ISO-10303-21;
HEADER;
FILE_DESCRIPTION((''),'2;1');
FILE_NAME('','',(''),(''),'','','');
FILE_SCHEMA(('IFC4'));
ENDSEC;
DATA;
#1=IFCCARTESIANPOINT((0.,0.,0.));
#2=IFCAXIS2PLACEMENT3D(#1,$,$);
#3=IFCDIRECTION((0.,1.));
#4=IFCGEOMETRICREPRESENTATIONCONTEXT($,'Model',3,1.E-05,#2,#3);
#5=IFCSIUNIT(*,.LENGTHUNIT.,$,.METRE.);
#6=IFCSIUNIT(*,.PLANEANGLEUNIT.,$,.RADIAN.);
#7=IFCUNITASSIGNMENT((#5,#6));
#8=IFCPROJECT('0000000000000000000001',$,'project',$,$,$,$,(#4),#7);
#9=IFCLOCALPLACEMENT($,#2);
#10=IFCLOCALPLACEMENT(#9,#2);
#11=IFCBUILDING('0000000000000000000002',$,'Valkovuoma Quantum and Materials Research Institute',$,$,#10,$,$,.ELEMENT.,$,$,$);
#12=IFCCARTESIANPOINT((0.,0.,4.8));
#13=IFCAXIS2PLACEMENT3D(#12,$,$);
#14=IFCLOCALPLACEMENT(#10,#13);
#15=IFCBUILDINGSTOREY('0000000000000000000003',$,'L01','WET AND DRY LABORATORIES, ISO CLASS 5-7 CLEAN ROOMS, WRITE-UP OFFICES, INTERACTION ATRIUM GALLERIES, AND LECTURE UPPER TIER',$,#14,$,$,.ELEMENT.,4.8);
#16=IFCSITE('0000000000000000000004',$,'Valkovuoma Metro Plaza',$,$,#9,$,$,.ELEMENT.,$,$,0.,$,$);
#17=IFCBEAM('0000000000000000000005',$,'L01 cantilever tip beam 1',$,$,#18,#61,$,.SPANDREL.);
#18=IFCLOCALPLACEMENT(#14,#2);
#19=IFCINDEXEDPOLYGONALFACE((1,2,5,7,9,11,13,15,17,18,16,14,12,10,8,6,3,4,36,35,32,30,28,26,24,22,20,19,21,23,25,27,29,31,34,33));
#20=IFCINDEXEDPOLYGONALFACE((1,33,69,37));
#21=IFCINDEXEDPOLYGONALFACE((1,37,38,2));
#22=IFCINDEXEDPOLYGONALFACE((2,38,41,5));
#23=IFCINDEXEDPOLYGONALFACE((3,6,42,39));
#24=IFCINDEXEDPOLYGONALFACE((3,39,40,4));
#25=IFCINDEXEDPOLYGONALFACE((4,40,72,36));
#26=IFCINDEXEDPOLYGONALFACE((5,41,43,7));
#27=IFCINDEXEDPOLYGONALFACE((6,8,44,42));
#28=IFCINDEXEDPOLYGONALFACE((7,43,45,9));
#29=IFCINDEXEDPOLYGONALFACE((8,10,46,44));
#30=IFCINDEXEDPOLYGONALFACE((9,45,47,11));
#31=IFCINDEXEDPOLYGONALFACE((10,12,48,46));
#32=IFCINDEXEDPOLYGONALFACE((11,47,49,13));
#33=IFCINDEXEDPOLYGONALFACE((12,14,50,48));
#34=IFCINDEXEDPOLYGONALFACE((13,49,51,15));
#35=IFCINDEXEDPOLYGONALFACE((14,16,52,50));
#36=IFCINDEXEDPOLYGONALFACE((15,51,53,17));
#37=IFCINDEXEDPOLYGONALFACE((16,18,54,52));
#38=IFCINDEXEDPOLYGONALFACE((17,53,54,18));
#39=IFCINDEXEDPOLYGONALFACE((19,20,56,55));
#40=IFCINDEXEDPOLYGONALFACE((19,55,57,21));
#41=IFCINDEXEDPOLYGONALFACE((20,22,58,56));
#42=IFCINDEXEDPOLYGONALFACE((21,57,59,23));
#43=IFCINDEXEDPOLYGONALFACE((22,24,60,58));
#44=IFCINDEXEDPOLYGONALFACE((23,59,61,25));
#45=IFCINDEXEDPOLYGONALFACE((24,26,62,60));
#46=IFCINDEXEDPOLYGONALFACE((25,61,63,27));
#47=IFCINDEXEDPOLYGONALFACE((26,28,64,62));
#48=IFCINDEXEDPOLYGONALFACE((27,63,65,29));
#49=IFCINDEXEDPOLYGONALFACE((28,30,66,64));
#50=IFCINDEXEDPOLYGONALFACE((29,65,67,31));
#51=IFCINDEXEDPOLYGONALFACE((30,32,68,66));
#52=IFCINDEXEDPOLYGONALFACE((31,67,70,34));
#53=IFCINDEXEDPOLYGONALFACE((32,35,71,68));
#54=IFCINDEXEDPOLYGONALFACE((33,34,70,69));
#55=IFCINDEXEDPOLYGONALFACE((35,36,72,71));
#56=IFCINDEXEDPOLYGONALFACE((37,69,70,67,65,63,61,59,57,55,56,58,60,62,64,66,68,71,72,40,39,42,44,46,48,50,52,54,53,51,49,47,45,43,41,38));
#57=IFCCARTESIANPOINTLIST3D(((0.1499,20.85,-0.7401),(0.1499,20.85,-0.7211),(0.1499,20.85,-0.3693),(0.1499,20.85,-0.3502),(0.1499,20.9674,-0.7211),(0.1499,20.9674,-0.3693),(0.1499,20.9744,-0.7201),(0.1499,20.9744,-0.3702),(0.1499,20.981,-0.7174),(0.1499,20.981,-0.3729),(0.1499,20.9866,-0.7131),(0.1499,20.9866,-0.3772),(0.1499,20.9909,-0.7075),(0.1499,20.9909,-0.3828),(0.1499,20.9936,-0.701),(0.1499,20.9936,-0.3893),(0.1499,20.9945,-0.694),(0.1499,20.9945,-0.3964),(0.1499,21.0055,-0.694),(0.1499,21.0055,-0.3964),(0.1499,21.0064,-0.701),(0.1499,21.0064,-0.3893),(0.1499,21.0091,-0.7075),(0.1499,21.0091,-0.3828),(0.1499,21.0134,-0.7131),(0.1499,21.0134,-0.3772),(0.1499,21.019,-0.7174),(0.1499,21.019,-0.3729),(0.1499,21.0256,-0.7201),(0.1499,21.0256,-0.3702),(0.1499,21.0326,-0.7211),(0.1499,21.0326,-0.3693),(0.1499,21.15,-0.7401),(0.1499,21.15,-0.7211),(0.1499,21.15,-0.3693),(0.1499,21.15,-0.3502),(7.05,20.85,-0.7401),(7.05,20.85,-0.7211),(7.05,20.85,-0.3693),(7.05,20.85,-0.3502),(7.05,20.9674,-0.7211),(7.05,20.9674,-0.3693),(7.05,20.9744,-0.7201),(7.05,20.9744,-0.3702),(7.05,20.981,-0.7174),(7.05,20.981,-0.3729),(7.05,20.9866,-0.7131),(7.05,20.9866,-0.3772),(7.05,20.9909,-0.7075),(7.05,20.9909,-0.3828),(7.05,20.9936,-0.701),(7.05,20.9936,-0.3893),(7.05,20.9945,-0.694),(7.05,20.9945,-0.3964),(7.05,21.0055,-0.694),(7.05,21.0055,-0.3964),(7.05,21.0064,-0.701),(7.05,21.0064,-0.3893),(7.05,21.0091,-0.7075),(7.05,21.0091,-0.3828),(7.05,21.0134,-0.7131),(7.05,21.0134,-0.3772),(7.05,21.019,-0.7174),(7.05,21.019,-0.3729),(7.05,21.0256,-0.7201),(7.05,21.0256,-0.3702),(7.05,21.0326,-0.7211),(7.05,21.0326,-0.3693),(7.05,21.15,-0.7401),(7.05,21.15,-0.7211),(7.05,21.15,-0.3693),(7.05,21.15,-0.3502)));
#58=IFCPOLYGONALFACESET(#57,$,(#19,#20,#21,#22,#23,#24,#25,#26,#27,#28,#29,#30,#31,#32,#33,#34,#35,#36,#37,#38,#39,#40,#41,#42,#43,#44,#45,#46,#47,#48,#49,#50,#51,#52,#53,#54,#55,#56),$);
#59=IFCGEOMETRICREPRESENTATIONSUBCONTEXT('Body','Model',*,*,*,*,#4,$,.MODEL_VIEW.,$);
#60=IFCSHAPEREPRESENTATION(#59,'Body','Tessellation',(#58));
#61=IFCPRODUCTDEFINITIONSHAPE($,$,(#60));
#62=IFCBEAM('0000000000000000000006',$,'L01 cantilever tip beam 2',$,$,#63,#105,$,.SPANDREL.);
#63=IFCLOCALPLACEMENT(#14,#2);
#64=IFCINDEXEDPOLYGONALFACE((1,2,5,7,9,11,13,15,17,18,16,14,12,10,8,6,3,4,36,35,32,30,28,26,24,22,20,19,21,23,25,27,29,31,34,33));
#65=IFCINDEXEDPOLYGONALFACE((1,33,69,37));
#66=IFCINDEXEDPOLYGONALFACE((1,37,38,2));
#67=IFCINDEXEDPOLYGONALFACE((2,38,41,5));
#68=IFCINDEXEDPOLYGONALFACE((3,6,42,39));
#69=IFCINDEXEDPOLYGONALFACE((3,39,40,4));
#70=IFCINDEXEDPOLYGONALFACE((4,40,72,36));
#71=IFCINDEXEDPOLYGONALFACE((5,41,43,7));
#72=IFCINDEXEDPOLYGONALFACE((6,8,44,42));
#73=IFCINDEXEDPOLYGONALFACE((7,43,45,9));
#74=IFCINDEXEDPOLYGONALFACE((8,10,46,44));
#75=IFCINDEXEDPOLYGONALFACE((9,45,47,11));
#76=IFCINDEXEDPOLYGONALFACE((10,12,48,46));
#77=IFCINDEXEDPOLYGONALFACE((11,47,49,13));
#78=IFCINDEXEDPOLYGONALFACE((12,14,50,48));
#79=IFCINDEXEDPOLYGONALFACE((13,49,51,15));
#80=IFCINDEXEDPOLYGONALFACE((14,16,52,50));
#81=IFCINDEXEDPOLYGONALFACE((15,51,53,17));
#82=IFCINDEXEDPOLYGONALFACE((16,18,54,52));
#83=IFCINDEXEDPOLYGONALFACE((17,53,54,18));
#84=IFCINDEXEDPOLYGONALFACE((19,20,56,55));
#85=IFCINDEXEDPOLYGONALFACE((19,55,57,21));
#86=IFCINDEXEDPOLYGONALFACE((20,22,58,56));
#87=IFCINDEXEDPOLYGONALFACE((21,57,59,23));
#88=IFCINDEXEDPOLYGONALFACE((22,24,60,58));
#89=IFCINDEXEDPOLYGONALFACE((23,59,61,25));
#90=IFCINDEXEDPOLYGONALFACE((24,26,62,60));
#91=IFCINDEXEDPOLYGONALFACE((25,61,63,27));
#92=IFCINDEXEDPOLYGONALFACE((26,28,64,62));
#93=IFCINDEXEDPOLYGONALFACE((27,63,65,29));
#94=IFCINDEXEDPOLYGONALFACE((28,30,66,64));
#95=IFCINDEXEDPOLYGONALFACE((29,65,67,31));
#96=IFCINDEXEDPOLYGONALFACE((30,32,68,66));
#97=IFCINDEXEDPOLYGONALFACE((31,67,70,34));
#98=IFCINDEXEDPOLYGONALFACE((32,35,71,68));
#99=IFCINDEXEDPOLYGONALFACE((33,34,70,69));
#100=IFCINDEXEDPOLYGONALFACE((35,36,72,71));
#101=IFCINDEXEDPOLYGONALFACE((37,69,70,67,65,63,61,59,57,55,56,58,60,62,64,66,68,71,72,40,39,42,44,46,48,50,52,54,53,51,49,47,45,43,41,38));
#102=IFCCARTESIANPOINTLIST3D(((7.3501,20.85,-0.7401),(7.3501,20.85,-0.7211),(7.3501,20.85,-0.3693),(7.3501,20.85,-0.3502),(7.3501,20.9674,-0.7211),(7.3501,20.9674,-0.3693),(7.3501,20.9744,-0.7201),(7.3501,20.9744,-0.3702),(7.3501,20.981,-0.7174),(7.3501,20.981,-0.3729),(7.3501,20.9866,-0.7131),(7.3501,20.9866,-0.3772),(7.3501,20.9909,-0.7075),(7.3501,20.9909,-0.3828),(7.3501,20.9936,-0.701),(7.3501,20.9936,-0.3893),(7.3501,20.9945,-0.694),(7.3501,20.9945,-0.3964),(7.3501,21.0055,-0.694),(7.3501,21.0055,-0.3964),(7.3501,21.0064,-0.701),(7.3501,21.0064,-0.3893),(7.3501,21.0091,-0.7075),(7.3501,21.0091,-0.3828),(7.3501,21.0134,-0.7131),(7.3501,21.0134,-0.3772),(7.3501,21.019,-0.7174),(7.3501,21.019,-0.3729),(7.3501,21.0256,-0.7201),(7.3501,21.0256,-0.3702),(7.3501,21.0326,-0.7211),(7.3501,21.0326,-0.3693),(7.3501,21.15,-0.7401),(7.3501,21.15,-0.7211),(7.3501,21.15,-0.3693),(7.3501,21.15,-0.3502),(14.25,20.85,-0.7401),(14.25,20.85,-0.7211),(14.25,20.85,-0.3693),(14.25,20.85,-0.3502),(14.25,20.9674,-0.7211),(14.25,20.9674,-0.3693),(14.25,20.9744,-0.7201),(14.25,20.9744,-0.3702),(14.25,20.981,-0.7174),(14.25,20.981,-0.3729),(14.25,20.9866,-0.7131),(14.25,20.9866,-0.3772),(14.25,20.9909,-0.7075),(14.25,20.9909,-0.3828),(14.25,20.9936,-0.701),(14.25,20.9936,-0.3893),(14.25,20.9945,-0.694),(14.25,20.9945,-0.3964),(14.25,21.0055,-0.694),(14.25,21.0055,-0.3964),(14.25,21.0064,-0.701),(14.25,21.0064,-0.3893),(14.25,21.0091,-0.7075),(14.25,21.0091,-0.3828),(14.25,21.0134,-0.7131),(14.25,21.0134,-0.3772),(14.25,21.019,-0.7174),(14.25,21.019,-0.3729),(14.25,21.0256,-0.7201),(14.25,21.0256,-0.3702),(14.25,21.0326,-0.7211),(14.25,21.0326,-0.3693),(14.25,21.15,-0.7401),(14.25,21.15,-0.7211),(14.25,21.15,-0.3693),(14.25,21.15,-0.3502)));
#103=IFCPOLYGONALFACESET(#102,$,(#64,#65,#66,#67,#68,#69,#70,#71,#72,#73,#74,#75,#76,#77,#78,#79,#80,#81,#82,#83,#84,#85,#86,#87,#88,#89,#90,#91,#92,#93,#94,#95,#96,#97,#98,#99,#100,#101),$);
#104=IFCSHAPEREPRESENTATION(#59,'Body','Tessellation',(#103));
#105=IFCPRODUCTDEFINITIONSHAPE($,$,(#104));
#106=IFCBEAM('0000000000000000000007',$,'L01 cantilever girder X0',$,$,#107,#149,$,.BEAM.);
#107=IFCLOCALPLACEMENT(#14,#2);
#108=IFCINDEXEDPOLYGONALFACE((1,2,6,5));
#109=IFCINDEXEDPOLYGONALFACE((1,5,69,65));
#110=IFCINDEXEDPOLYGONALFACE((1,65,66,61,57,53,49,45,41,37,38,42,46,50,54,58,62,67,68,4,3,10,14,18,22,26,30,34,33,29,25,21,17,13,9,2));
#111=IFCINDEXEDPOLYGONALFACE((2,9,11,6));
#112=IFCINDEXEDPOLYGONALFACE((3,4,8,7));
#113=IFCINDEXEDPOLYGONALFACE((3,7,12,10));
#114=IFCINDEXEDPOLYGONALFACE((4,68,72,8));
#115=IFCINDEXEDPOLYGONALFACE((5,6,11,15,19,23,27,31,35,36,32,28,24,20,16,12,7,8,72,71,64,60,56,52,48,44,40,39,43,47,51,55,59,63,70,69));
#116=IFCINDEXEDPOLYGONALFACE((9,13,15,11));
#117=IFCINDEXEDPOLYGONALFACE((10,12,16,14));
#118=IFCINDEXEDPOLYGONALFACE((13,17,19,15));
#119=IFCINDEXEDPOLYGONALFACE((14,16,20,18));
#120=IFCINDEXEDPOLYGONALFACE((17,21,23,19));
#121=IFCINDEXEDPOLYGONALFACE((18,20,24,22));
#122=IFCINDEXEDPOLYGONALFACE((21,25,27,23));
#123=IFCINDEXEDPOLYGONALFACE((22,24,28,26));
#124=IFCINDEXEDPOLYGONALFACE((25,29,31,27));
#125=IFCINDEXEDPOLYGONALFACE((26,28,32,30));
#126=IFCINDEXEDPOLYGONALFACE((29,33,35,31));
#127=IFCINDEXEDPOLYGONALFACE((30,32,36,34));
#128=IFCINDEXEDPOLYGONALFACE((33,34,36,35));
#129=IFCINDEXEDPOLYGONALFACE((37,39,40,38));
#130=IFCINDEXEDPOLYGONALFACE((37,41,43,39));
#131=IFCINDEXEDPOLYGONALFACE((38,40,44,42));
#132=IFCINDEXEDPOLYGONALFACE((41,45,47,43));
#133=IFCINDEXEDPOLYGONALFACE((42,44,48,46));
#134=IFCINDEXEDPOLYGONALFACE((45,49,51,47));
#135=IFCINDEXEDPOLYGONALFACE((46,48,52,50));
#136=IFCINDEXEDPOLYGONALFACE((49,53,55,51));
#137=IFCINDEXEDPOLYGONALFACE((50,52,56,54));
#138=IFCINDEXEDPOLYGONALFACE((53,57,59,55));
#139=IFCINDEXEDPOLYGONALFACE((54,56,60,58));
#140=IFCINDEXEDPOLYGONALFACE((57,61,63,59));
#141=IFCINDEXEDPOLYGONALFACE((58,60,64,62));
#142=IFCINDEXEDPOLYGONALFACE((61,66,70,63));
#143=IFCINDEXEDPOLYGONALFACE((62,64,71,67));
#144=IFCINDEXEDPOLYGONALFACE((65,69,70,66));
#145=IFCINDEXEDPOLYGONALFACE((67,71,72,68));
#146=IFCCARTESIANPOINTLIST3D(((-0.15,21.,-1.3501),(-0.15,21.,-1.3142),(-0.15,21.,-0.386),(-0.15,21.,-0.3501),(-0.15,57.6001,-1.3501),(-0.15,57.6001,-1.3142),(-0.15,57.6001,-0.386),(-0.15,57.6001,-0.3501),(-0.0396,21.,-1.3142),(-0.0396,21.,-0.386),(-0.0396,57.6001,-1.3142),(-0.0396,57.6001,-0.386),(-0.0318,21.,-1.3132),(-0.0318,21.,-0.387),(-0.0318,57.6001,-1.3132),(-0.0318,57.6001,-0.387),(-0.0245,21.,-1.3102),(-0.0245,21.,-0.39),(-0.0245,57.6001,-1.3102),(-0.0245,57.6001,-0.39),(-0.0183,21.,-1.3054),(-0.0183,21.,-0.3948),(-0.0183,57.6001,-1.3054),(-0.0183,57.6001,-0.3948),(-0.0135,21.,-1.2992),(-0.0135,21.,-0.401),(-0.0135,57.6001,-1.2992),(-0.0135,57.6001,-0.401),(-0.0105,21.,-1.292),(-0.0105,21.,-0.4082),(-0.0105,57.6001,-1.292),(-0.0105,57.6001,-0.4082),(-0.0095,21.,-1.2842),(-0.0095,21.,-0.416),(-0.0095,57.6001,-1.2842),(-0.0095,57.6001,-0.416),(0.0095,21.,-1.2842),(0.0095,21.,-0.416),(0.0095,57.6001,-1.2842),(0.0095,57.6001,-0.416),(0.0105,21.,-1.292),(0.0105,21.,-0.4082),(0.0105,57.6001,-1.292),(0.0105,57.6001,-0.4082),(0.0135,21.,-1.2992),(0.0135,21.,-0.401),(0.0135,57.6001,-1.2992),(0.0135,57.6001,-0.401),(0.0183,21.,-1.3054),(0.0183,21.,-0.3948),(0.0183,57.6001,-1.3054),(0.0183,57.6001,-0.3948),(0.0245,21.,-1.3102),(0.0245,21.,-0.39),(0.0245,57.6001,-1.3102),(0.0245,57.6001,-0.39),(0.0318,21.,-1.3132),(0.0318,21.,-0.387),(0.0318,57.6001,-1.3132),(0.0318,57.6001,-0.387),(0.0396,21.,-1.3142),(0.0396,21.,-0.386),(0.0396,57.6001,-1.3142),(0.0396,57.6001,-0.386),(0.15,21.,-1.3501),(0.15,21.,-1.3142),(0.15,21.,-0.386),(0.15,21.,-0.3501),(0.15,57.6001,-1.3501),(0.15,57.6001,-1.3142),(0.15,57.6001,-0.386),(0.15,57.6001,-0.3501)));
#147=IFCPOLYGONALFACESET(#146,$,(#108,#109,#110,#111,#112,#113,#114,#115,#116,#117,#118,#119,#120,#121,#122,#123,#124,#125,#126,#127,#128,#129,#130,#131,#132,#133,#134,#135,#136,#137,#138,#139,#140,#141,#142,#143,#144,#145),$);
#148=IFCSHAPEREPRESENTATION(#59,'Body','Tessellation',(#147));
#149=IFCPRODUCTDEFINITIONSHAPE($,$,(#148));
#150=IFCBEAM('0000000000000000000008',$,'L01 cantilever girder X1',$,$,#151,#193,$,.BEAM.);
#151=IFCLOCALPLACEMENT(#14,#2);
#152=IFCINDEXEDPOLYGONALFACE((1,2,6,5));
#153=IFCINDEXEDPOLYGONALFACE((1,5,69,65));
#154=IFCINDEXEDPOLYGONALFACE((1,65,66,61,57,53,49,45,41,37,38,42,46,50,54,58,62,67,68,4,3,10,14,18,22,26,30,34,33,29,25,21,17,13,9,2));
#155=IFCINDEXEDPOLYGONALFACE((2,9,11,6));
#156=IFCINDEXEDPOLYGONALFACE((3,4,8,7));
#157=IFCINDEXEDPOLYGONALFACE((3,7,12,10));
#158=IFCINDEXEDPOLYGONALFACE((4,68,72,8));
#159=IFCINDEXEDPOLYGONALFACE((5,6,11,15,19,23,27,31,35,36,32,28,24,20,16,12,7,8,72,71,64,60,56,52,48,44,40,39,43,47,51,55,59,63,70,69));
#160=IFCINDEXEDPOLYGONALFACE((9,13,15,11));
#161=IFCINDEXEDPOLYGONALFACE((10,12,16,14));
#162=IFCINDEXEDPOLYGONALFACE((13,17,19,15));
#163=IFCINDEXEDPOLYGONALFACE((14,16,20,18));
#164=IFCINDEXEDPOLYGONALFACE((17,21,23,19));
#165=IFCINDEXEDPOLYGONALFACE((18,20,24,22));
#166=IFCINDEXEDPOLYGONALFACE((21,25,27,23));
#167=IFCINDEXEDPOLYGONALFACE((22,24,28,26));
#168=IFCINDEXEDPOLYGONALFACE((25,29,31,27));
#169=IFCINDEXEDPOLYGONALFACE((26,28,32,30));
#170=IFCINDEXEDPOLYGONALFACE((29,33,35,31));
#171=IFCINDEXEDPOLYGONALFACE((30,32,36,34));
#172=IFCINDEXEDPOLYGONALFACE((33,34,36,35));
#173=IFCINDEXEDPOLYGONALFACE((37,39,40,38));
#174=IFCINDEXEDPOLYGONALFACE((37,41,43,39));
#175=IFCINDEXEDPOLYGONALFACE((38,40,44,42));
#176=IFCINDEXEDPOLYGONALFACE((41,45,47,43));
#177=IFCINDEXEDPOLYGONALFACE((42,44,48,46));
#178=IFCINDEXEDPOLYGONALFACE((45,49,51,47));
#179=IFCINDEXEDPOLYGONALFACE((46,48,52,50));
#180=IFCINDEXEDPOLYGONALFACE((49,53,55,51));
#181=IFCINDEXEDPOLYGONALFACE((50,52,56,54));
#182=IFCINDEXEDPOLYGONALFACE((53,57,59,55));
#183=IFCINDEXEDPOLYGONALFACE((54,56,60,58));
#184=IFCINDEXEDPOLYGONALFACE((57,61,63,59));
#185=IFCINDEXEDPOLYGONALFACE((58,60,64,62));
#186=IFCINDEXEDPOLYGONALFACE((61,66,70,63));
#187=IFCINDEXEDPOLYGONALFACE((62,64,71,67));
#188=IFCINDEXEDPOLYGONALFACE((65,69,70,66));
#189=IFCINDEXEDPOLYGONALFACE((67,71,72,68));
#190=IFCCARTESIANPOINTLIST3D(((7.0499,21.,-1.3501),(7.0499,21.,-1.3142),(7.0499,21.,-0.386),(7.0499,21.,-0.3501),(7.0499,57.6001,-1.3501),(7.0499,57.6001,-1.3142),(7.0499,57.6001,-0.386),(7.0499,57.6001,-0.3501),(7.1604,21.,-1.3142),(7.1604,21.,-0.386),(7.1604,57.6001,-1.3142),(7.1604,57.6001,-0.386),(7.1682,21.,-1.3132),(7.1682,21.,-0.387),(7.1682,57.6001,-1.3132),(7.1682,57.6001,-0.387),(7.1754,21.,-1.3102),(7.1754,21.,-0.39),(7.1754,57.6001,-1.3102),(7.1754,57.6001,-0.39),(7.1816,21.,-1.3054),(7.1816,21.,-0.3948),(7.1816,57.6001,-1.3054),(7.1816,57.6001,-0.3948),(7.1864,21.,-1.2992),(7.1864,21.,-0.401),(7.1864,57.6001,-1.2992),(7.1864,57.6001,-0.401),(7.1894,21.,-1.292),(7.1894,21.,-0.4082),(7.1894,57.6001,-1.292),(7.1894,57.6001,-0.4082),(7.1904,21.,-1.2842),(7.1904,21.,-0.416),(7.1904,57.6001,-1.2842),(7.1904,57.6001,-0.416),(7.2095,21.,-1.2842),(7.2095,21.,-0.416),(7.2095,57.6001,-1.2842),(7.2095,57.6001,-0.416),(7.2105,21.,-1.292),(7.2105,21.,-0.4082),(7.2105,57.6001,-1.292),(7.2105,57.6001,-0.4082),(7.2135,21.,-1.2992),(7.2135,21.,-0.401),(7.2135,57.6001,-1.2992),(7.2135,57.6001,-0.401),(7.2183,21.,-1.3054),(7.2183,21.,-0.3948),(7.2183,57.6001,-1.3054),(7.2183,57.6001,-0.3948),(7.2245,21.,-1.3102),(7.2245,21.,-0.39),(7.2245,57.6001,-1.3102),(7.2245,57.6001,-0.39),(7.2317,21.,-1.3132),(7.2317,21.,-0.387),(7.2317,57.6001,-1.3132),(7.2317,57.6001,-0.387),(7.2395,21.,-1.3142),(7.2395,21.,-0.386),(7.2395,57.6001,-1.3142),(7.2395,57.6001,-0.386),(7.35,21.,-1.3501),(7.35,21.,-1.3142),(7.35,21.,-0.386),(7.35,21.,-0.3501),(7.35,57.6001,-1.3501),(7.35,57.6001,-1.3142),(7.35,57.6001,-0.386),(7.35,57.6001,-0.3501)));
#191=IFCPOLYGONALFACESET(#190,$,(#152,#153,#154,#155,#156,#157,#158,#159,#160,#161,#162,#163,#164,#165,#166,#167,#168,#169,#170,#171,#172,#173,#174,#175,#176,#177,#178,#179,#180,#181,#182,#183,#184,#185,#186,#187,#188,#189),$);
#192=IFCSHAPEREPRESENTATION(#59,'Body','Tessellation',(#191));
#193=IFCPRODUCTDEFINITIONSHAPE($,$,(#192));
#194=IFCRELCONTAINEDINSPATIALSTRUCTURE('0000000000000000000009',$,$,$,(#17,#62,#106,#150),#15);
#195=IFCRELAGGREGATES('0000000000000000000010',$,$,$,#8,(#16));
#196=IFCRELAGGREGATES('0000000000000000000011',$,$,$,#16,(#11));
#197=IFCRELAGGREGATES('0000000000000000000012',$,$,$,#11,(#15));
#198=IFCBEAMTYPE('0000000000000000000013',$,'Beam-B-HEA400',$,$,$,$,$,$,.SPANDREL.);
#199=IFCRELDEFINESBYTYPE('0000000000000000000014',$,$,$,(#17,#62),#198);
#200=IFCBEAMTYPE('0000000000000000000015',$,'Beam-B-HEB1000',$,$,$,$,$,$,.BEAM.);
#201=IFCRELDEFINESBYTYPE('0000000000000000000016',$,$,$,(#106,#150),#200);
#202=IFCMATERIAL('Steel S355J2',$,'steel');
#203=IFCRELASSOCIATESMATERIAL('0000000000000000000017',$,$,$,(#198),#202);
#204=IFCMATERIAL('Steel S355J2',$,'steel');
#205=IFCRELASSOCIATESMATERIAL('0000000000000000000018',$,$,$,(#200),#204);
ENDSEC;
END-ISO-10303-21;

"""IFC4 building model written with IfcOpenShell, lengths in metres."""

from ifc_helpers import new_model, si_unit, direction, frame, origin, origin_2d, place, context, subcontext, project, spatial, i_section, extrude, material, material_profile, profile_set, type_object, element, save


model = new_model("IFC4")

# Units and contexts
model_context = context("Model", 3, precision=1e-05, world=origin(), true_north=direction((0.0, 1.0)))
body_context = subcontext(model_context, "Body", "Model", "MODEL_VIEW")
ifc_project = project(units=[si_unit("LENGTHUNIT", "METRE"), si_unit("PLANEANGLEUNIT", "RADIAN")], contexts=[model_context])

# Site, building, storey
site_placement = place(None, origin())
site = spatial("IfcSite", under=ifc_project, at=site_placement, Name="Valkovuoma Metro Plaza", CompositionType="ELEMENT", RefElevation=0.0)
building_placement = place(site_placement, origin())
building = spatial("IfcBuilding", under=site, at=building_placement, Name="Valkovuoma Quantum and Materials Research Institute", CompositionType="ELEMENT")
storey_placement = place(building_placement, frame((0.0, 0.0, 4.8)))
storey = spatial("IfcBuildingStorey", under=building, at=storey_placement, Name="L01", Description="WET AND DRY LABORATORIES, ISO CLASS 5-7 CLEAN ROOMS, WRITE-UP OFFICES, INTERACTION ATRIUM GALLERIES, AND LECTURE UPPER TIER", CompositionType="ELEMENT", Elevation=4.8)

# Beams
ifc_material_1 = material(Name="Steel S355J2", Category="steel")
ifc_material_profile_1 = material_profile(ifc_material_1, i_section(OverallWidth=0.3, OverallDepth=0.3899, WebThickness=0.011, FlangeThickness=0.019, FilletRadius=0.0271, at=origin_2d()), Name="Steel S355J2")
ifc_profile_set_1 = profile_set([ifc_material_profile_1], Name="Steel S355J2")
beam_type_1 = type_object("IfcBeamType", Name="Beam-B-HEA400", PredefinedType="SPANDREL", material=ifc_profile_set_1)
beam_1_placement = place(storey_placement, frame((0.1499, 21.0, -0.5452), z_axis=(1.0, 0.0, 0.0), x_axis=(0.0, 1.0, 0.0)))
element("IfcBeam", 1, at=beam_1_placement, inside=storey, type_object=beam_type_1, Name="L01 cantilever tip beam 1", PredefinedType="SPANDREL", context=body_context, shape_type="SweptSolid", body=[
    extrude(i_section(OverallWidth=0.3, OverallDepth=0.3899, WebThickness=0.011, FlangeThickness=0.019, FilletRadius=0.0271, at=origin_2d()), origin(), (0.0, 0.0, 1.0), 6.9001),
])
beam_2_placement = place(storey_placement, frame((7.3501, 21.0, -0.5452), z_axis=(1.0, 0.0, 0.0), x_axis=(0.0, 1.0, 0.0)))
element("IfcBeam", 2, at=beam_2_placement, inside=storey, type_object=beam_type_1, Name="L01 cantilever tip beam 2", PredefinedType="SPANDREL", context=body_context, shape_type="SweptSolid", body=[
    extrude(i_section(OverallWidth=0.3, OverallDepth=0.3899, WebThickness=0.011, FlangeThickness=0.019, FilletRadius=0.0271, at=origin_2d()), origin(), (0.0, 0.0, 1.0), 6.8999),
])
ifc_material_2 = material(Name="Steel S355J2", Category="steel")
ifc_material_profile_2 = material_profile(ifc_material_2, i_section(OverallWidth=0.3, OverallDepth=1.0, WebThickness=0.019, FlangeThickness=0.0359, FilletRadius=0.03, at=origin_2d()), Name="Steel S355J2")
ifc_profile_set_2 = profile_set([ifc_material_profile_2], Name="Steel S355J2")
beam_type_2 = type_object("IfcBeamType", Name="Beam-B-HEB1000", PredefinedType="BEAM", material=ifc_profile_set_2)
for number, where, z_axis, x_axis, name in (
    (3, (0.0, 21.0, -0.8501), (0.0, 1.0, 0.0), (-1.0, 0.0, 0.0), "L01 cantilever girder X0"),
    (4, (7.2, 21.0, -0.8501), (0.0, 1.0, 0.0), (-1.0, 0.0, 0.0), "L01 cantilever girder X1"),
):
    element("IfcBeam", number, at=place(storey_placement, frame(where, z_axis=z_axis, x_axis=x_axis)), inside=storey, type_object=beam_type_2, Name=name, PredefinedType="BEAM", context=body_context, shape_type="SweptSolid", body=[
        extrude(i_section(OverallWidth=0.3, OverallDepth=1.0, WebThickness=0.019, FlangeThickness=0.0359, FilletRadius=0.03, at=origin_2d()), origin(), (0.0, 0.0, 1.0), 36.6001),
    ])

save(model, "model.ifc")
